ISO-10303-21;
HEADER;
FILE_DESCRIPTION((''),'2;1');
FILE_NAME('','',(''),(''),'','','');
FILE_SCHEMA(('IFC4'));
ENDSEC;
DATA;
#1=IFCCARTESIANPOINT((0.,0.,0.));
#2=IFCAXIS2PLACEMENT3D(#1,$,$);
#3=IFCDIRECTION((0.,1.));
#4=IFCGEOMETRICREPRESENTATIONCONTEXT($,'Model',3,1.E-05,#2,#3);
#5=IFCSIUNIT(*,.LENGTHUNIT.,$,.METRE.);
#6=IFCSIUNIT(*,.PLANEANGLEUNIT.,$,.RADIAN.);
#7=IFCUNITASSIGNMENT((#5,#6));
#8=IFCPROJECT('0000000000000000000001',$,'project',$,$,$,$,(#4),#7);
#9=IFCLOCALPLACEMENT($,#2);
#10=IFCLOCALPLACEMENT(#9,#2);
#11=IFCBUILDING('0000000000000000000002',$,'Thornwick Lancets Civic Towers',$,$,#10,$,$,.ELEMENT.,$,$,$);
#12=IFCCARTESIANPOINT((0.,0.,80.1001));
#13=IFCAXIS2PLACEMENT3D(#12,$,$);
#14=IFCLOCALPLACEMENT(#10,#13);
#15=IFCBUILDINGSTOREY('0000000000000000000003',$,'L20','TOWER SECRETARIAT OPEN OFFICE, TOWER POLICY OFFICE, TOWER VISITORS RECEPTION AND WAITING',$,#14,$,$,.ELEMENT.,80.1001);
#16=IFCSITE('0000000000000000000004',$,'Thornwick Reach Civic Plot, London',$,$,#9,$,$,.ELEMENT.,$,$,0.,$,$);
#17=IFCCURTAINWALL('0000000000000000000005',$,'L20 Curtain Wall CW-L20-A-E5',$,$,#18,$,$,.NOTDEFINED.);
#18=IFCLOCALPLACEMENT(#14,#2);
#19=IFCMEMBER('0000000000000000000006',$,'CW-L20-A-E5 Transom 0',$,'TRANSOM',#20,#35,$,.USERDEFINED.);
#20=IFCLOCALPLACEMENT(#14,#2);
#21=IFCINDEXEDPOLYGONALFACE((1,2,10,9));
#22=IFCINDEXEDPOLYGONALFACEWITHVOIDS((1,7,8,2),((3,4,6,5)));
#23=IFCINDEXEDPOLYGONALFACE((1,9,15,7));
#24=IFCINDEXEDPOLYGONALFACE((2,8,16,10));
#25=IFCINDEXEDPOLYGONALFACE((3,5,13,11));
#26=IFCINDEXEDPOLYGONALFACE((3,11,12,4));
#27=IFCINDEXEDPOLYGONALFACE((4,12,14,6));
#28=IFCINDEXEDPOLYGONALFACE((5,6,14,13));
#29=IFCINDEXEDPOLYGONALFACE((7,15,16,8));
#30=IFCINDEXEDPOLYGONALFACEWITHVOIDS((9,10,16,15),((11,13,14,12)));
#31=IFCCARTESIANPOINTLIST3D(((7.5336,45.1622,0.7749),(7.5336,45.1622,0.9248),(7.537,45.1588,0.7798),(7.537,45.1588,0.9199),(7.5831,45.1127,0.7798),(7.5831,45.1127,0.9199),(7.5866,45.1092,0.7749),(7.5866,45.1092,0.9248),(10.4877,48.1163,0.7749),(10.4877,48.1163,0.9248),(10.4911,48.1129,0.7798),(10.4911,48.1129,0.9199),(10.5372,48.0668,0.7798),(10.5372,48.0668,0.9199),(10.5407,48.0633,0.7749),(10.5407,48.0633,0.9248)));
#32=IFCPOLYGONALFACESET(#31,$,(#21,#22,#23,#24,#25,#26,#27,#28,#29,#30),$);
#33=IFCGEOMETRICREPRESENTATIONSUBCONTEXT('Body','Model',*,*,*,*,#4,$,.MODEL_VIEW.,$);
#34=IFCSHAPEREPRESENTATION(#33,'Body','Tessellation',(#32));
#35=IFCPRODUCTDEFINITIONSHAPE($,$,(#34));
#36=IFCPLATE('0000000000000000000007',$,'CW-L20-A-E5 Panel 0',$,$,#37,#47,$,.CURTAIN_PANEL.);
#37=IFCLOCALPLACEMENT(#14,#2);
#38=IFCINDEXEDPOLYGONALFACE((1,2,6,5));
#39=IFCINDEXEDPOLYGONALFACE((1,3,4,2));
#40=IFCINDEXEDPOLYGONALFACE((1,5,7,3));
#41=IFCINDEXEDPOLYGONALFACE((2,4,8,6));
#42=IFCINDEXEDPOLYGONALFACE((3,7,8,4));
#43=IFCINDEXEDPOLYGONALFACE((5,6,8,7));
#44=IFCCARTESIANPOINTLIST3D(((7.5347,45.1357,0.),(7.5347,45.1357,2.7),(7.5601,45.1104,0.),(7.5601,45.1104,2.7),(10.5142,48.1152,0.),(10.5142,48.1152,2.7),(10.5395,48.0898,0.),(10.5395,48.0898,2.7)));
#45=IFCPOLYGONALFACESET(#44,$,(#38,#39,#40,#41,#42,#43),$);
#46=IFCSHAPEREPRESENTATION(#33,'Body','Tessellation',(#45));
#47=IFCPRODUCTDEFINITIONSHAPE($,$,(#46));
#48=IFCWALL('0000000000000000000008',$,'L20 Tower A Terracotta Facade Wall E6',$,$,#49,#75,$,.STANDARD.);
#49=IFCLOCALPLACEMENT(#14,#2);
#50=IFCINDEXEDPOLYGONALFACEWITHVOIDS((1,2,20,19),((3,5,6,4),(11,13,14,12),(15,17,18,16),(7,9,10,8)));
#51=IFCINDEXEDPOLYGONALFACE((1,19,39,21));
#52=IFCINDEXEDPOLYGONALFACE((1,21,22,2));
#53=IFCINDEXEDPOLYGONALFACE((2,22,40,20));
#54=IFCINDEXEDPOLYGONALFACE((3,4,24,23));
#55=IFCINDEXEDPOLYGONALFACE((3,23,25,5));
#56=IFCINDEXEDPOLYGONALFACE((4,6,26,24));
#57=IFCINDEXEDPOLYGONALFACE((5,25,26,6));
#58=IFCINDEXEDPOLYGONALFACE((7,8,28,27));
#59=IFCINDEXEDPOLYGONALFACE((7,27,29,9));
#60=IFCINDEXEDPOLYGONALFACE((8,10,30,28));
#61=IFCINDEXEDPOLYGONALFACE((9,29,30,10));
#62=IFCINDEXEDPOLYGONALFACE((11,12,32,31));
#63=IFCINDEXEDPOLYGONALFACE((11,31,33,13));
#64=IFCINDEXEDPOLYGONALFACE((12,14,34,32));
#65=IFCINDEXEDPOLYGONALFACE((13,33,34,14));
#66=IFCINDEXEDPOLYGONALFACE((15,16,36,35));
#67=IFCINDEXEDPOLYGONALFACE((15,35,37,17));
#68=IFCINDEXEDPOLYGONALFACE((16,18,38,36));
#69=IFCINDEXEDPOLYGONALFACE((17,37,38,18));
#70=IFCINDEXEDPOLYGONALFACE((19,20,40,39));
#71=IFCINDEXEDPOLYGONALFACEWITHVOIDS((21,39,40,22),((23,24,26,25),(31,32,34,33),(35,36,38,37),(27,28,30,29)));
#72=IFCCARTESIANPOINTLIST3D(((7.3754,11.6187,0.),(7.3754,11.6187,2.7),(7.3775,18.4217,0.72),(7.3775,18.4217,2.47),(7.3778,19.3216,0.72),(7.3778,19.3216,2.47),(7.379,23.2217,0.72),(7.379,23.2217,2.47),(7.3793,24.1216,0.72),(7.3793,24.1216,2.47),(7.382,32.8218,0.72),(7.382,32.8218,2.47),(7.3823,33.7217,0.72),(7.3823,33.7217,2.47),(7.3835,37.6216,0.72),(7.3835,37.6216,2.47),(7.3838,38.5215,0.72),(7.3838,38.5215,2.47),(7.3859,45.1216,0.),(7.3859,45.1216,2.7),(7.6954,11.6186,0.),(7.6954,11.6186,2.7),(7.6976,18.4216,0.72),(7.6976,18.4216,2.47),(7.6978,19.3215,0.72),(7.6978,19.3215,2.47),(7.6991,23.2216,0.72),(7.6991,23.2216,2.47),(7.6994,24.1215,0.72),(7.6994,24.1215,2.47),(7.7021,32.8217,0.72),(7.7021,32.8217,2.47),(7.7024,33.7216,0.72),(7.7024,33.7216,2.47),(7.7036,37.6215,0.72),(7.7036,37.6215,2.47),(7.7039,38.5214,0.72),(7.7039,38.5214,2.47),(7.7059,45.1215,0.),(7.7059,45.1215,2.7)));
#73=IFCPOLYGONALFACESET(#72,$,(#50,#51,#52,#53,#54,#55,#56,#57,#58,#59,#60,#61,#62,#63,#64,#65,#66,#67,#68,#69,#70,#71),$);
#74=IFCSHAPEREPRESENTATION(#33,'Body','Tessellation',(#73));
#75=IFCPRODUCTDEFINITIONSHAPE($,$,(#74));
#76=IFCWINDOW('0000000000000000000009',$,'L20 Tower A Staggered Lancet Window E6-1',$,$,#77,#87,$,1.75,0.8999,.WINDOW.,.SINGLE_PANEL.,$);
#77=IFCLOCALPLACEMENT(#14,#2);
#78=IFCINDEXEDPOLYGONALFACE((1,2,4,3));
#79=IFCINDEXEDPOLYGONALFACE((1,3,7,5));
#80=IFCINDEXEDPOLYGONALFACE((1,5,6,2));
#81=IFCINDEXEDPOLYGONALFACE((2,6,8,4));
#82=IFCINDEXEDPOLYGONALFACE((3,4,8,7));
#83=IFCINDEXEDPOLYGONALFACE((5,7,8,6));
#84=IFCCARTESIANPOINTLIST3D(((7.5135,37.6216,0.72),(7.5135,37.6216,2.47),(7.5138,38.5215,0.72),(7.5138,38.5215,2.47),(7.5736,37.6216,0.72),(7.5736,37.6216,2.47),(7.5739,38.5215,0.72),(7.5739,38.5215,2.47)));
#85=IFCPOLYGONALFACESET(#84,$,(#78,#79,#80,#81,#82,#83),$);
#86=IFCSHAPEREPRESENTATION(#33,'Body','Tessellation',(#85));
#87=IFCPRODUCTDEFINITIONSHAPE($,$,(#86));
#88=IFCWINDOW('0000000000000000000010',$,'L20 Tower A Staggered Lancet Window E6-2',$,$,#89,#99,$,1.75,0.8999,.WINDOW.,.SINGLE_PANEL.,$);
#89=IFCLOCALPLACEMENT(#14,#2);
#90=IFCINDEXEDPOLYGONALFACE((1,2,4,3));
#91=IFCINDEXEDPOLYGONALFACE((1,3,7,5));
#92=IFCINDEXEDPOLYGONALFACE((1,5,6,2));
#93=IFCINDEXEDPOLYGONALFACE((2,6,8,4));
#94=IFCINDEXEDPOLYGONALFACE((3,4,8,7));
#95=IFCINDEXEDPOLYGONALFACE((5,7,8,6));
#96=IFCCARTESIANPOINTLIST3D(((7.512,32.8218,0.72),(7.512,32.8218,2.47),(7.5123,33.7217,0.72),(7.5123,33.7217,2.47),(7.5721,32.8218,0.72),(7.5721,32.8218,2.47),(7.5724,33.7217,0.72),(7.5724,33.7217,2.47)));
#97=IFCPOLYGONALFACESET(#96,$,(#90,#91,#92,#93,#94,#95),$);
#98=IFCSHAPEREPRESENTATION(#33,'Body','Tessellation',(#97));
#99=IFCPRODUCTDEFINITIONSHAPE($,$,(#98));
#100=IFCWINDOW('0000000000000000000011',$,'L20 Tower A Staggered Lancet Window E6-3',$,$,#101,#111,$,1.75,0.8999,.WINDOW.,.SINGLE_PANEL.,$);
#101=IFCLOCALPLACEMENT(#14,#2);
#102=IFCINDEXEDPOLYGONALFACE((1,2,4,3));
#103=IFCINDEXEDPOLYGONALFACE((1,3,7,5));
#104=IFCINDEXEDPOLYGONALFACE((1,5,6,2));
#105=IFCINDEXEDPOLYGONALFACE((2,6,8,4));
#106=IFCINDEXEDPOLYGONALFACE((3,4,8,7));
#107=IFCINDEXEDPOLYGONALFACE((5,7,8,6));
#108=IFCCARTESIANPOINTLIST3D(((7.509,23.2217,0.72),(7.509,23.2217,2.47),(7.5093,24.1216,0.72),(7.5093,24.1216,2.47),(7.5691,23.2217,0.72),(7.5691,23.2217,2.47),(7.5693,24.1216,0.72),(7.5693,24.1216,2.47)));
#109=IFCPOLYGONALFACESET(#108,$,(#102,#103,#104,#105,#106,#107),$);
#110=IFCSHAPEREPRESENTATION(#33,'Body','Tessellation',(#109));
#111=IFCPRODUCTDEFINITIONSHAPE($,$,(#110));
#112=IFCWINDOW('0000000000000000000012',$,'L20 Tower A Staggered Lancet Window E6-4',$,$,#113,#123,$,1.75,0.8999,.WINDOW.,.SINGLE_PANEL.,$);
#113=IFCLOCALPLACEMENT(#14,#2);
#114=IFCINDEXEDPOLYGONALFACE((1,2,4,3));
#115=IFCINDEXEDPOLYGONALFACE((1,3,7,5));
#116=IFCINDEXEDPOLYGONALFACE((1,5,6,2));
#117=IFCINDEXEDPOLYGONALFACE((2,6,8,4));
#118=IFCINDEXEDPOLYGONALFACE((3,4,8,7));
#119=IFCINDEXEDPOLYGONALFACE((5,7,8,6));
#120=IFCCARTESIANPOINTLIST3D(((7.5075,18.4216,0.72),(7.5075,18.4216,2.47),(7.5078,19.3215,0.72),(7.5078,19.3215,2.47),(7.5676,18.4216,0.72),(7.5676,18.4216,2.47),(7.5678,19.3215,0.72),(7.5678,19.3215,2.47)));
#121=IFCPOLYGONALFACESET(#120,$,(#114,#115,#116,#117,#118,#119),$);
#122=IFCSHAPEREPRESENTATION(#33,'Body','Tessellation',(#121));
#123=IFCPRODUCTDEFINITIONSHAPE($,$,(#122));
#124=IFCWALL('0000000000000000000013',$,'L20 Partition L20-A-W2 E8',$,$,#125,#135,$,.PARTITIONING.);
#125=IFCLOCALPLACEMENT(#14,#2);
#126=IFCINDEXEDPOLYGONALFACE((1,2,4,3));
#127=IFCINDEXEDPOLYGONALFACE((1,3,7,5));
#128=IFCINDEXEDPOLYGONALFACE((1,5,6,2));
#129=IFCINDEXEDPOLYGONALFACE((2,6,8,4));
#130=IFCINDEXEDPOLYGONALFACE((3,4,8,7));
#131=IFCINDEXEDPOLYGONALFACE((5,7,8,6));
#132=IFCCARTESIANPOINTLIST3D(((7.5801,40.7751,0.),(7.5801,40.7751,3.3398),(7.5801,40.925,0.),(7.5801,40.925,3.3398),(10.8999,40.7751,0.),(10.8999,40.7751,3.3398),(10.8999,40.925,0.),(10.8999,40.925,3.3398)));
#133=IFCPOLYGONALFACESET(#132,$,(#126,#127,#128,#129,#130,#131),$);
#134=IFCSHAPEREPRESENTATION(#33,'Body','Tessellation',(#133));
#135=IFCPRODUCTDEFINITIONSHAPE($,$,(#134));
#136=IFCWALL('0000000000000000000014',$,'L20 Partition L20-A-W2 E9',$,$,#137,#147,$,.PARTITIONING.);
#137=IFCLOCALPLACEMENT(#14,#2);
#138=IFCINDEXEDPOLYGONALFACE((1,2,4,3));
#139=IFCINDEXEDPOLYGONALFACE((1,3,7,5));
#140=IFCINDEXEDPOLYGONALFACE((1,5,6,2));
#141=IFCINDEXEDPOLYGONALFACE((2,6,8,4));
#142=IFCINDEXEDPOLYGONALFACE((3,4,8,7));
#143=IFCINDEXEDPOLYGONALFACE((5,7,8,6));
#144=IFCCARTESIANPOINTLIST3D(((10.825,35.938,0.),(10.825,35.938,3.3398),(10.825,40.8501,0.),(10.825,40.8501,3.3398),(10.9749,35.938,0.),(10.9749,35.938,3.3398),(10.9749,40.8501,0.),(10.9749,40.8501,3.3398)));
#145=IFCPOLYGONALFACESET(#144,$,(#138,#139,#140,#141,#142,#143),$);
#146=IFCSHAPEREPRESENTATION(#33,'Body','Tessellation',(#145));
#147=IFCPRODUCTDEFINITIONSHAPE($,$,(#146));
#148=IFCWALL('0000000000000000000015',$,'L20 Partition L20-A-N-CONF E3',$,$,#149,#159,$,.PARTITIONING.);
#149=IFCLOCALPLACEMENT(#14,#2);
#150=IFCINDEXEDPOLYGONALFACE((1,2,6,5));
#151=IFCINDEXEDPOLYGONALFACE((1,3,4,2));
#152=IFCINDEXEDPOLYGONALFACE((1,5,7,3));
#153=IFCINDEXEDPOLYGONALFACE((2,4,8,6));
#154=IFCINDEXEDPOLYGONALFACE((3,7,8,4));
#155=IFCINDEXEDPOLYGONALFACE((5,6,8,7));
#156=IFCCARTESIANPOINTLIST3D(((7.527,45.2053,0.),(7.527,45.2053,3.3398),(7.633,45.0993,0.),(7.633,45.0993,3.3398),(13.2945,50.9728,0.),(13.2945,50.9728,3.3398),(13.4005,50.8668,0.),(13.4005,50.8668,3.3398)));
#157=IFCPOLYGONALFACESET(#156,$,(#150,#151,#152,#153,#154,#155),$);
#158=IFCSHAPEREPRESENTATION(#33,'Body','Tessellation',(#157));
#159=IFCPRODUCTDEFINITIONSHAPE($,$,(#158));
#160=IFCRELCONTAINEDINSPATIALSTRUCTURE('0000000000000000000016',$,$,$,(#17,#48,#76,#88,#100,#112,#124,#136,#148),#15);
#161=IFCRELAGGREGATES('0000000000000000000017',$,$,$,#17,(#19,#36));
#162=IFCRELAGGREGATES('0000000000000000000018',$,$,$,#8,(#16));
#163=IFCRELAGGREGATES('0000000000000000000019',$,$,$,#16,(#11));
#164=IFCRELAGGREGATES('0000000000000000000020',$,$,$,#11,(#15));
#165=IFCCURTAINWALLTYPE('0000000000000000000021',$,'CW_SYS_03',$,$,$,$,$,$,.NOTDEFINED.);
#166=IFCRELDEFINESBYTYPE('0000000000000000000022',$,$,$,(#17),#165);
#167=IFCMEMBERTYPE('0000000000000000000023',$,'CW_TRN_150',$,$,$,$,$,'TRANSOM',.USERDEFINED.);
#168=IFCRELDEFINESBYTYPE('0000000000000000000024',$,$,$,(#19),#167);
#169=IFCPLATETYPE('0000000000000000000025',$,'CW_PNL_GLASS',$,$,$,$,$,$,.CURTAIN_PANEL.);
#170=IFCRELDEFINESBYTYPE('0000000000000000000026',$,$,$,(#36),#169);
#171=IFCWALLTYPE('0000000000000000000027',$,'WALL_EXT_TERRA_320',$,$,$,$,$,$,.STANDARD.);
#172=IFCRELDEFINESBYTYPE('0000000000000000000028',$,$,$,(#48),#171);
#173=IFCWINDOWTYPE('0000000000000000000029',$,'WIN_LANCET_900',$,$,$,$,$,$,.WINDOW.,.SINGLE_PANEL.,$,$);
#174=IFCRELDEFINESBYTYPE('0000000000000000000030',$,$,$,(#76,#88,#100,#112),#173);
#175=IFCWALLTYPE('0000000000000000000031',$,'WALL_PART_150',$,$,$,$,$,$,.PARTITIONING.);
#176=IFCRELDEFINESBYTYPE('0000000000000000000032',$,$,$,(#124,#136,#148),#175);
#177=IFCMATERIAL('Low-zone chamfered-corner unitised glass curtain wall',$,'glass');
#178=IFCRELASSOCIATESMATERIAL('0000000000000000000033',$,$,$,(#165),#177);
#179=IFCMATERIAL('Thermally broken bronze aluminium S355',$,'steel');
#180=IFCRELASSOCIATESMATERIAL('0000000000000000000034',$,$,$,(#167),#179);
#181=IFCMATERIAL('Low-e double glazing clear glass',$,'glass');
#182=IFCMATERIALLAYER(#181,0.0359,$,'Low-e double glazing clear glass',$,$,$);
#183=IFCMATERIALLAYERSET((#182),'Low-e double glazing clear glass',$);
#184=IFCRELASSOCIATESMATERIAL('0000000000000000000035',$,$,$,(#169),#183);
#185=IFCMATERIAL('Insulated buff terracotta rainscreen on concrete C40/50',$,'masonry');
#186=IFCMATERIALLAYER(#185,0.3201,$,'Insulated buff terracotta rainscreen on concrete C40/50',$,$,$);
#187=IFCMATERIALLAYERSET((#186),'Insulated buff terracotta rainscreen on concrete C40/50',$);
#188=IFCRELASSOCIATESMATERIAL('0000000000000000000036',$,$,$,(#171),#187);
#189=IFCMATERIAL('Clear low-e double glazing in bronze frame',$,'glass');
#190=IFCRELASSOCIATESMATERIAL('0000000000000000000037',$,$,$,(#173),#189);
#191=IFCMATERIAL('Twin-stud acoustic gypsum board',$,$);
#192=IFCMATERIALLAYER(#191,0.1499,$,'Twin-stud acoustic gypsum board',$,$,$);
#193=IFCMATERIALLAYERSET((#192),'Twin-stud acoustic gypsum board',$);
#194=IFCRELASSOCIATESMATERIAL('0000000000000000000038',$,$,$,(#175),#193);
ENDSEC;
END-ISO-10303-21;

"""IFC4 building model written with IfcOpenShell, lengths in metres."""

from ifc_helpers import new_model, si_unit, direction, frame, frame_2d, origin, origin_2d, place, context, subcontext, project, spatial, rectangle, hollow_rectangle, extrude, material, layer, layer_set, material_profile, profile_set, type_object, element, fill, aggregate, save


model = new_model("IFC4")

# Units and contexts
model_context = context("Model", 3, precision=1e-05, world=origin(), true_north=direction((0.0, 1.0)))
body_context = subcontext(model_context, "Body", "Model", "MODEL_VIEW")
ifc_project = project(units=[si_unit("LENGTHUNIT", "METRE"), si_unit("PLANEANGLEUNIT", "RADIAN")], contexts=[model_context])

# Site, building, storey
site_placement = place(None, origin())
site = spatial("IfcSite", under=ifc_project, at=site_placement, Name="Thornwick Reach Civic Plot, London", CompositionType="ELEMENT", RefElevation=0.0)
building_placement = place(site_placement, origin())
building = spatial("IfcBuilding", under=site, at=building_placement, Name="Thornwick Lancets Civic Towers", CompositionType="ELEMENT")
storey_placement = place(building_placement, frame((0.0, 0.0, 80.1001)))
storey = spatial("IfcBuildingStorey", under=building, at=storey_placement, Name="L20", Description="TOWER SECRETARIAT OPEN OFFICE, TOWER POLICY OFFICE, TOWER VISITORS RECEPTION AND WAITING", CompositionType="ELEMENT", Elevation=80.1001)

# Curtain wall, member, plate
ifc_material_1 = material(Name="Low-zone chamfered-corner unitised glass curtain wall", Category="glass")
curtain_wall_type = type_object("IfcCurtainWallType", Name="CW_SYS_03", PredefinedType="NOTDEFINED", material=ifc_material_1)
curtain_wall_placement = place(storey_placement, origin())
curtain_wall = element("IfcCurtainWall", 1, at=curtain_wall_placement, inside=storey, type_object=curtain_wall_type, Name="L20 Curtain Wall CW-L20-A-E5", PredefinedType="NOTDEFINED")
ifc_material_2 = material(Name="Thermally broken bronze aluminium S355", Category="steel")
ifc_material_profile_1 = material_profile(ifc_material_2, hollow_rectangle(XDim=0.075, YDim=0.1499, WallThickness=0.0049, at=origin_2d()), Name="RHS 150x75x5")
ifc_profile_set_1 = profile_set([ifc_material_profile_1], Name="Thermally broken bronze aluminium S355")
member_type_1 = type_object("IfcMemberType", Name="CW_TRN_150", ElementType="TRANSOM", PredefinedType="USERDEFINED", material=ifc_profile_set_1)
member_1_placement = place(storey_placement, frame((10.5142, 48.0898, 0.8499), z_axis=(-0.707107, -0.707107, 0.0), x_axis=(0.707107, -0.707107, 0.0)))
member_1 = element("IfcMember", 2, at=member_1_placement, type_object=member_type_1, Name="CW-L20-A-E5 Transom 0", ObjectType="TRANSOM", PredefinedType="USERDEFINED", context=body_context, shape_type="SweptSolid", body=[
    extrude(hollow_rectangle(XDim=0.075, YDim=0.1499, WallThickness=0.0049, at=origin_2d()), origin(), (0.0, 0.0, 1.0), 4.1777),
])
ifc_material_3 = material(Name="Low-e double glazing clear glass", Category="glass")
ifc_layer_1 = layer(ifc_material_3, 0.0359, Name="Low-e double glazing clear glass")
ifc_layer_set_1 = layer_set([ifc_layer_1], Name="Low-e double glazing clear glass")
plate_type = type_object("IfcPlateType", Name="CW_PNL_GLASS", PredefinedType="CURTAIN_PANEL", material=ifc_layer_set_1)
plate_placement = place(storey_placement, frame((9.0371, 46.6128, 0.0), z_axis=(0.0, 0.0, 1.0), x_axis=(-0.707107, -0.707107, 0.0)))
plate = element("IfcPlate", 3, at=plate_placement, type_object=plate_type, Name="CW-L20-A-E5 Panel 0", PredefinedType="CURTAIN_PANEL", context=body_context, shape_type="SweptSolid", body=[
    extrude(rectangle(XDim=4.2136, YDim=0.0359, at=origin_2d()), origin(), (0.0, 0.0, 1.0), 2.7),
])
aggregate(curtain_wall, [member_1, plate])

# Wall, openings, windows
ifc_material_4 = material(Name="Insulated buff terracotta rainscreen on concrete C40/50", Category="masonry")
ifc_layer_2 = layer(ifc_material_4, 0.3201, Name="Insulated buff terracotta rainscreen on concrete C40/50")
ifc_layer_set_2 = layer_set([ifc_layer_2], Name="Insulated buff terracotta rainscreen on concrete C40/50")
wall_type_1 = type_object("IfcWallType", Name="WALL_EXT_TERRA_320", PredefinedType="STANDARD", material=ifc_layer_set_2)
wall_1_placement = place(storey_placement, frame((7.5459, 45.1216, 0.0), z_axis=(0.0, 0.0, 1.0), x_axis=(-0.000313, -1.0, 0.0)))
wall_1 = element("IfcWall", 4, at=wall_1_placement, inside=storey, type_object=wall_type_1, Name="L20 Tower A Terracotta Facade Wall E6", PredefinedType="STANDARD", context=body_context, shape_type="SweptSolid", body=[
    extrude(rectangle(XDim=33.5029, YDim=0.3201, at=frame_2d((16.7515, 0.0))), origin(), (0.0, 0.0, 1.0), 2.7),
])
opening_1_placement = place(wall_1_placement, frame((6.6001, 0.0, 0.72)))
opening_1 = element("IfcOpeningElement", 5, at=opening_1_placement, cuts=wall_1, PredefinedType="OPENING", context=body_context, shape_type="SweptSolid", body=[
    extrude(rectangle(XDim=0.8999, YDim=1.75, at=frame_2d((0.45, 0.875))), frame((0.0, 0.1699, 0.0), z_axis=(0.0, -1.0, 0.0), x_axis=(1.0, 0.0, 0.0)), (0.0, 0.0, 1.0), 0.3401),
])
opening_2_placement = place(wall_1_placement, frame((11.3999, 0.0, 0.72)))
opening_2 = element("IfcOpeningElement", 6, at=opening_2_placement, cuts=wall_1, PredefinedType="OPENING", context=body_context, shape_type="SweptSolid", body=[
    extrude(rectangle(XDim=0.8999, YDim=1.75, at=frame_2d((0.45, 0.875))), frame((0.0, 0.1699, 0.0), z_axis=(0.0, -1.0, 0.0), x_axis=(1.0, 0.0, 0.0)), (0.0, 0.0, 1.0), 0.3401),
])
opening_3_placement = place(wall_1_placement, frame((21.0, 0.0, 0.72)))
opening_3 = element("IfcOpeningElement", 7, at=opening_3_placement, cuts=wall_1, PredefinedType="OPENING", context=body_context, shape_type="SweptSolid", body=[
    extrude(rectangle(XDim=0.8999, YDim=1.75, at=frame_2d((0.45, 0.875))), frame((0.0, 0.1699, 0.0), z_axis=(0.0, -1.0, 0.0), x_axis=(1.0, 0.0, 0.0)), (0.0, 0.0, 1.0), 0.3401),
])
opening_4_placement = place(wall_1_placement, frame((25.8, 0.0, 0.72)))
opening_4 = element("IfcOpeningElement", 8, at=opening_4_placement, cuts=wall_1, PredefinedType="OPENING", context=body_context, shape_type="SweptSolid", body=[
    extrude(rectangle(XDim=0.8999, YDim=1.75, at=frame_2d((0.45, 0.875))), frame((0.0, 0.1699, 0.0), z_axis=(0.0, -1.0, 0.0), x_axis=(1.0, 0.0, 0.0)), (0.0, 0.0, 1.0), 0.3401),
])
ifc_material_5 = material(Name="Clear low-e double glazing in bronze frame", Category="glass")
window_type = type_object("IfcWindowType", Name="WIN_LANCET_900", PartitioningType="SINGLE_PANEL", PredefinedType="WINDOW", material=ifc_material_5)
window_1_placement = place(opening_1_placement, origin())
window_1 = element("IfcWindow", 9, at=window_1_placement, inside=storey, type_object=window_type, Name="L20 Tower A Staggered Lancet Window E6-1", OverallHeight=1.75, OverallWidth=0.8999, PartitioningType="SINGLE_PANEL", PredefinedType="WINDOW", context=body_context, shape_type="SweptSolid", body=[
    extrude(rectangle(XDim=0.8999, YDim=1.75, at=frame_2d((0.45, 0.875))), frame((0.0, 0.03, 0.0), z_axis=(0.0, -1.0, 0.0), x_axis=(1.0, 0.0, 0.0)), (0.0, 0.0, 1.0), 0.0601),
])
fill(opening_1, window_1)
window_2_placement = place(opening_2_placement, origin())
window_2 = element("IfcWindow", 10, at=window_2_placement, inside=storey, type_object=window_type, Name="L20 Tower A Staggered Lancet Window E6-2", OverallHeight=1.75, OverallWidth=0.8999, PartitioningType="SINGLE_PANEL", PredefinedType="WINDOW", context=body_context, shape_type="SweptSolid", body=[
    extrude(rectangle(XDim=0.8999, YDim=1.75, at=frame_2d((0.45, 0.875))), frame((0.0, 0.03, 0.0), z_axis=(0.0, -1.0, 0.0), x_axis=(1.0, 0.0, 0.0)), (0.0, 0.0, 1.0), 0.0601),
])
fill(opening_2, window_2)
window_3_placement = place(opening_3_placement, origin())
window_3 = element("IfcWindow", 11, at=window_3_placement, inside=storey, type_object=window_type, Name="L20 Tower A Staggered Lancet Window E6-3", OverallHeight=1.75, OverallWidth=0.8999, PartitioningType="SINGLE_PANEL", PredefinedType="WINDOW", context=body_context, shape_type="SweptSolid", body=[
    extrude(rectangle(XDim=0.8999, YDim=1.75, at=frame_2d((0.45, 0.875))), frame((0.0, 0.03, 0.0), z_axis=(0.0, -1.0, 0.0), x_axis=(1.0, 0.0, 0.0)), (0.0, 0.0, 1.0), 0.0601),
])
fill(opening_3, window_3)
window_4_placement = place(opening_4_placement, origin())
window_4 = element("IfcWindow", 12, at=window_4_placement, inside=storey, type_object=window_type, Name="L20 Tower A Staggered Lancet Window E6-4", OverallHeight=1.75, OverallWidth=0.8999, PartitioningType="SINGLE_PANEL", PredefinedType="WINDOW", context=body_context, shape_type="SweptSolid", body=[
    extrude(rectangle(XDim=0.8999, YDim=1.75, at=frame_2d((0.45, 0.875))), frame((0.0, 0.03, 0.0), z_axis=(0.0, -1.0, 0.0), x_axis=(1.0, 0.0, 0.0)), (0.0, 0.0, 1.0), 0.0601),
])
fill(opening_4, window_4)

# Walls
ifc_material_6 = material(Name="Twin-stud acoustic gypsum board")
ifc_layer_3 = layer(ifc_material_6, 0.1499, Name="Twin-stud acoustic gypsum board")
ifc_layer_set_3 = layer_set([ifc_layer_3], Name="Twin-stud acoustic gypsum board")
wall_type_2 = type_object("IfcWallType", Name="WALL_PART_150", PredefinedType="PARTITIONING", material=ifc_layer_set_3)
wall_2_placement = place(storey_placement, frame((7.5801, 40.8501, 0.0), z_axis=(0.0, 0.0, 1.0), x_axis=(1.0, 0.0, 0.0)))
element("IfcWall", 13, at=wall_2_placement, inside=storey, type_object=wall_type_2, Name="L20 Partition L20-A-W2 E8", PredefinedType="PARTITIONING", context=body_context, shape_type="SweptSolid", body=[
    extrude(rectangle(XDim=3.3198, YDim=0.1499, at=frame_2d((1.6599, 0.0))), origin(), (0.0, 0.0, 1.0), 3.3398),
])
wall_3_placement = place(storey_placement, frame((10.8999, 40.8501, 0.0), z_axis=(0.0, 0.0, 1.0), x_axis=(0.0, -1.0, 0.0)))
element("IfcWall", 14, at=wall_3_placement, inside=storey, type_object=wall_type_2, Name="L20 Partition L20-A-W2 E9", PredefinedType="PARTITIONING", context=body_context, shape_type="SweptSolid", body=[
    extrude(rectangle(XDim=4.9121, YDim=0.1499, at=frame_2d((2.4561, 0.0))), origin(), (0.0, 0.0, 1.0), 3.3398),
])
wall_4_placement = place(storey_placement, frame((7.5801, 45.1523, 0.0), z_axis=(0.0, 0.0, 1.0), x_axis=(0.707107, 0.707107, 0.0)))
element("IfcWall", 15, at=wall_4_placement, inside=storey, type_object=wall_type_2, Name="L20 Partition L20-A-N-CONF E3", PredefinedType="PARTITIONING", context=body_context, shape_type="SweptSolid", body=[
    extrude(rectangle(XDim=8.1565, YDim=0.1499, at=frame_2d((4.0781, 0.0))), origin(), (0.0, 0.0, 1.0), 3.3398),
])

save(model, "model.ifc")
